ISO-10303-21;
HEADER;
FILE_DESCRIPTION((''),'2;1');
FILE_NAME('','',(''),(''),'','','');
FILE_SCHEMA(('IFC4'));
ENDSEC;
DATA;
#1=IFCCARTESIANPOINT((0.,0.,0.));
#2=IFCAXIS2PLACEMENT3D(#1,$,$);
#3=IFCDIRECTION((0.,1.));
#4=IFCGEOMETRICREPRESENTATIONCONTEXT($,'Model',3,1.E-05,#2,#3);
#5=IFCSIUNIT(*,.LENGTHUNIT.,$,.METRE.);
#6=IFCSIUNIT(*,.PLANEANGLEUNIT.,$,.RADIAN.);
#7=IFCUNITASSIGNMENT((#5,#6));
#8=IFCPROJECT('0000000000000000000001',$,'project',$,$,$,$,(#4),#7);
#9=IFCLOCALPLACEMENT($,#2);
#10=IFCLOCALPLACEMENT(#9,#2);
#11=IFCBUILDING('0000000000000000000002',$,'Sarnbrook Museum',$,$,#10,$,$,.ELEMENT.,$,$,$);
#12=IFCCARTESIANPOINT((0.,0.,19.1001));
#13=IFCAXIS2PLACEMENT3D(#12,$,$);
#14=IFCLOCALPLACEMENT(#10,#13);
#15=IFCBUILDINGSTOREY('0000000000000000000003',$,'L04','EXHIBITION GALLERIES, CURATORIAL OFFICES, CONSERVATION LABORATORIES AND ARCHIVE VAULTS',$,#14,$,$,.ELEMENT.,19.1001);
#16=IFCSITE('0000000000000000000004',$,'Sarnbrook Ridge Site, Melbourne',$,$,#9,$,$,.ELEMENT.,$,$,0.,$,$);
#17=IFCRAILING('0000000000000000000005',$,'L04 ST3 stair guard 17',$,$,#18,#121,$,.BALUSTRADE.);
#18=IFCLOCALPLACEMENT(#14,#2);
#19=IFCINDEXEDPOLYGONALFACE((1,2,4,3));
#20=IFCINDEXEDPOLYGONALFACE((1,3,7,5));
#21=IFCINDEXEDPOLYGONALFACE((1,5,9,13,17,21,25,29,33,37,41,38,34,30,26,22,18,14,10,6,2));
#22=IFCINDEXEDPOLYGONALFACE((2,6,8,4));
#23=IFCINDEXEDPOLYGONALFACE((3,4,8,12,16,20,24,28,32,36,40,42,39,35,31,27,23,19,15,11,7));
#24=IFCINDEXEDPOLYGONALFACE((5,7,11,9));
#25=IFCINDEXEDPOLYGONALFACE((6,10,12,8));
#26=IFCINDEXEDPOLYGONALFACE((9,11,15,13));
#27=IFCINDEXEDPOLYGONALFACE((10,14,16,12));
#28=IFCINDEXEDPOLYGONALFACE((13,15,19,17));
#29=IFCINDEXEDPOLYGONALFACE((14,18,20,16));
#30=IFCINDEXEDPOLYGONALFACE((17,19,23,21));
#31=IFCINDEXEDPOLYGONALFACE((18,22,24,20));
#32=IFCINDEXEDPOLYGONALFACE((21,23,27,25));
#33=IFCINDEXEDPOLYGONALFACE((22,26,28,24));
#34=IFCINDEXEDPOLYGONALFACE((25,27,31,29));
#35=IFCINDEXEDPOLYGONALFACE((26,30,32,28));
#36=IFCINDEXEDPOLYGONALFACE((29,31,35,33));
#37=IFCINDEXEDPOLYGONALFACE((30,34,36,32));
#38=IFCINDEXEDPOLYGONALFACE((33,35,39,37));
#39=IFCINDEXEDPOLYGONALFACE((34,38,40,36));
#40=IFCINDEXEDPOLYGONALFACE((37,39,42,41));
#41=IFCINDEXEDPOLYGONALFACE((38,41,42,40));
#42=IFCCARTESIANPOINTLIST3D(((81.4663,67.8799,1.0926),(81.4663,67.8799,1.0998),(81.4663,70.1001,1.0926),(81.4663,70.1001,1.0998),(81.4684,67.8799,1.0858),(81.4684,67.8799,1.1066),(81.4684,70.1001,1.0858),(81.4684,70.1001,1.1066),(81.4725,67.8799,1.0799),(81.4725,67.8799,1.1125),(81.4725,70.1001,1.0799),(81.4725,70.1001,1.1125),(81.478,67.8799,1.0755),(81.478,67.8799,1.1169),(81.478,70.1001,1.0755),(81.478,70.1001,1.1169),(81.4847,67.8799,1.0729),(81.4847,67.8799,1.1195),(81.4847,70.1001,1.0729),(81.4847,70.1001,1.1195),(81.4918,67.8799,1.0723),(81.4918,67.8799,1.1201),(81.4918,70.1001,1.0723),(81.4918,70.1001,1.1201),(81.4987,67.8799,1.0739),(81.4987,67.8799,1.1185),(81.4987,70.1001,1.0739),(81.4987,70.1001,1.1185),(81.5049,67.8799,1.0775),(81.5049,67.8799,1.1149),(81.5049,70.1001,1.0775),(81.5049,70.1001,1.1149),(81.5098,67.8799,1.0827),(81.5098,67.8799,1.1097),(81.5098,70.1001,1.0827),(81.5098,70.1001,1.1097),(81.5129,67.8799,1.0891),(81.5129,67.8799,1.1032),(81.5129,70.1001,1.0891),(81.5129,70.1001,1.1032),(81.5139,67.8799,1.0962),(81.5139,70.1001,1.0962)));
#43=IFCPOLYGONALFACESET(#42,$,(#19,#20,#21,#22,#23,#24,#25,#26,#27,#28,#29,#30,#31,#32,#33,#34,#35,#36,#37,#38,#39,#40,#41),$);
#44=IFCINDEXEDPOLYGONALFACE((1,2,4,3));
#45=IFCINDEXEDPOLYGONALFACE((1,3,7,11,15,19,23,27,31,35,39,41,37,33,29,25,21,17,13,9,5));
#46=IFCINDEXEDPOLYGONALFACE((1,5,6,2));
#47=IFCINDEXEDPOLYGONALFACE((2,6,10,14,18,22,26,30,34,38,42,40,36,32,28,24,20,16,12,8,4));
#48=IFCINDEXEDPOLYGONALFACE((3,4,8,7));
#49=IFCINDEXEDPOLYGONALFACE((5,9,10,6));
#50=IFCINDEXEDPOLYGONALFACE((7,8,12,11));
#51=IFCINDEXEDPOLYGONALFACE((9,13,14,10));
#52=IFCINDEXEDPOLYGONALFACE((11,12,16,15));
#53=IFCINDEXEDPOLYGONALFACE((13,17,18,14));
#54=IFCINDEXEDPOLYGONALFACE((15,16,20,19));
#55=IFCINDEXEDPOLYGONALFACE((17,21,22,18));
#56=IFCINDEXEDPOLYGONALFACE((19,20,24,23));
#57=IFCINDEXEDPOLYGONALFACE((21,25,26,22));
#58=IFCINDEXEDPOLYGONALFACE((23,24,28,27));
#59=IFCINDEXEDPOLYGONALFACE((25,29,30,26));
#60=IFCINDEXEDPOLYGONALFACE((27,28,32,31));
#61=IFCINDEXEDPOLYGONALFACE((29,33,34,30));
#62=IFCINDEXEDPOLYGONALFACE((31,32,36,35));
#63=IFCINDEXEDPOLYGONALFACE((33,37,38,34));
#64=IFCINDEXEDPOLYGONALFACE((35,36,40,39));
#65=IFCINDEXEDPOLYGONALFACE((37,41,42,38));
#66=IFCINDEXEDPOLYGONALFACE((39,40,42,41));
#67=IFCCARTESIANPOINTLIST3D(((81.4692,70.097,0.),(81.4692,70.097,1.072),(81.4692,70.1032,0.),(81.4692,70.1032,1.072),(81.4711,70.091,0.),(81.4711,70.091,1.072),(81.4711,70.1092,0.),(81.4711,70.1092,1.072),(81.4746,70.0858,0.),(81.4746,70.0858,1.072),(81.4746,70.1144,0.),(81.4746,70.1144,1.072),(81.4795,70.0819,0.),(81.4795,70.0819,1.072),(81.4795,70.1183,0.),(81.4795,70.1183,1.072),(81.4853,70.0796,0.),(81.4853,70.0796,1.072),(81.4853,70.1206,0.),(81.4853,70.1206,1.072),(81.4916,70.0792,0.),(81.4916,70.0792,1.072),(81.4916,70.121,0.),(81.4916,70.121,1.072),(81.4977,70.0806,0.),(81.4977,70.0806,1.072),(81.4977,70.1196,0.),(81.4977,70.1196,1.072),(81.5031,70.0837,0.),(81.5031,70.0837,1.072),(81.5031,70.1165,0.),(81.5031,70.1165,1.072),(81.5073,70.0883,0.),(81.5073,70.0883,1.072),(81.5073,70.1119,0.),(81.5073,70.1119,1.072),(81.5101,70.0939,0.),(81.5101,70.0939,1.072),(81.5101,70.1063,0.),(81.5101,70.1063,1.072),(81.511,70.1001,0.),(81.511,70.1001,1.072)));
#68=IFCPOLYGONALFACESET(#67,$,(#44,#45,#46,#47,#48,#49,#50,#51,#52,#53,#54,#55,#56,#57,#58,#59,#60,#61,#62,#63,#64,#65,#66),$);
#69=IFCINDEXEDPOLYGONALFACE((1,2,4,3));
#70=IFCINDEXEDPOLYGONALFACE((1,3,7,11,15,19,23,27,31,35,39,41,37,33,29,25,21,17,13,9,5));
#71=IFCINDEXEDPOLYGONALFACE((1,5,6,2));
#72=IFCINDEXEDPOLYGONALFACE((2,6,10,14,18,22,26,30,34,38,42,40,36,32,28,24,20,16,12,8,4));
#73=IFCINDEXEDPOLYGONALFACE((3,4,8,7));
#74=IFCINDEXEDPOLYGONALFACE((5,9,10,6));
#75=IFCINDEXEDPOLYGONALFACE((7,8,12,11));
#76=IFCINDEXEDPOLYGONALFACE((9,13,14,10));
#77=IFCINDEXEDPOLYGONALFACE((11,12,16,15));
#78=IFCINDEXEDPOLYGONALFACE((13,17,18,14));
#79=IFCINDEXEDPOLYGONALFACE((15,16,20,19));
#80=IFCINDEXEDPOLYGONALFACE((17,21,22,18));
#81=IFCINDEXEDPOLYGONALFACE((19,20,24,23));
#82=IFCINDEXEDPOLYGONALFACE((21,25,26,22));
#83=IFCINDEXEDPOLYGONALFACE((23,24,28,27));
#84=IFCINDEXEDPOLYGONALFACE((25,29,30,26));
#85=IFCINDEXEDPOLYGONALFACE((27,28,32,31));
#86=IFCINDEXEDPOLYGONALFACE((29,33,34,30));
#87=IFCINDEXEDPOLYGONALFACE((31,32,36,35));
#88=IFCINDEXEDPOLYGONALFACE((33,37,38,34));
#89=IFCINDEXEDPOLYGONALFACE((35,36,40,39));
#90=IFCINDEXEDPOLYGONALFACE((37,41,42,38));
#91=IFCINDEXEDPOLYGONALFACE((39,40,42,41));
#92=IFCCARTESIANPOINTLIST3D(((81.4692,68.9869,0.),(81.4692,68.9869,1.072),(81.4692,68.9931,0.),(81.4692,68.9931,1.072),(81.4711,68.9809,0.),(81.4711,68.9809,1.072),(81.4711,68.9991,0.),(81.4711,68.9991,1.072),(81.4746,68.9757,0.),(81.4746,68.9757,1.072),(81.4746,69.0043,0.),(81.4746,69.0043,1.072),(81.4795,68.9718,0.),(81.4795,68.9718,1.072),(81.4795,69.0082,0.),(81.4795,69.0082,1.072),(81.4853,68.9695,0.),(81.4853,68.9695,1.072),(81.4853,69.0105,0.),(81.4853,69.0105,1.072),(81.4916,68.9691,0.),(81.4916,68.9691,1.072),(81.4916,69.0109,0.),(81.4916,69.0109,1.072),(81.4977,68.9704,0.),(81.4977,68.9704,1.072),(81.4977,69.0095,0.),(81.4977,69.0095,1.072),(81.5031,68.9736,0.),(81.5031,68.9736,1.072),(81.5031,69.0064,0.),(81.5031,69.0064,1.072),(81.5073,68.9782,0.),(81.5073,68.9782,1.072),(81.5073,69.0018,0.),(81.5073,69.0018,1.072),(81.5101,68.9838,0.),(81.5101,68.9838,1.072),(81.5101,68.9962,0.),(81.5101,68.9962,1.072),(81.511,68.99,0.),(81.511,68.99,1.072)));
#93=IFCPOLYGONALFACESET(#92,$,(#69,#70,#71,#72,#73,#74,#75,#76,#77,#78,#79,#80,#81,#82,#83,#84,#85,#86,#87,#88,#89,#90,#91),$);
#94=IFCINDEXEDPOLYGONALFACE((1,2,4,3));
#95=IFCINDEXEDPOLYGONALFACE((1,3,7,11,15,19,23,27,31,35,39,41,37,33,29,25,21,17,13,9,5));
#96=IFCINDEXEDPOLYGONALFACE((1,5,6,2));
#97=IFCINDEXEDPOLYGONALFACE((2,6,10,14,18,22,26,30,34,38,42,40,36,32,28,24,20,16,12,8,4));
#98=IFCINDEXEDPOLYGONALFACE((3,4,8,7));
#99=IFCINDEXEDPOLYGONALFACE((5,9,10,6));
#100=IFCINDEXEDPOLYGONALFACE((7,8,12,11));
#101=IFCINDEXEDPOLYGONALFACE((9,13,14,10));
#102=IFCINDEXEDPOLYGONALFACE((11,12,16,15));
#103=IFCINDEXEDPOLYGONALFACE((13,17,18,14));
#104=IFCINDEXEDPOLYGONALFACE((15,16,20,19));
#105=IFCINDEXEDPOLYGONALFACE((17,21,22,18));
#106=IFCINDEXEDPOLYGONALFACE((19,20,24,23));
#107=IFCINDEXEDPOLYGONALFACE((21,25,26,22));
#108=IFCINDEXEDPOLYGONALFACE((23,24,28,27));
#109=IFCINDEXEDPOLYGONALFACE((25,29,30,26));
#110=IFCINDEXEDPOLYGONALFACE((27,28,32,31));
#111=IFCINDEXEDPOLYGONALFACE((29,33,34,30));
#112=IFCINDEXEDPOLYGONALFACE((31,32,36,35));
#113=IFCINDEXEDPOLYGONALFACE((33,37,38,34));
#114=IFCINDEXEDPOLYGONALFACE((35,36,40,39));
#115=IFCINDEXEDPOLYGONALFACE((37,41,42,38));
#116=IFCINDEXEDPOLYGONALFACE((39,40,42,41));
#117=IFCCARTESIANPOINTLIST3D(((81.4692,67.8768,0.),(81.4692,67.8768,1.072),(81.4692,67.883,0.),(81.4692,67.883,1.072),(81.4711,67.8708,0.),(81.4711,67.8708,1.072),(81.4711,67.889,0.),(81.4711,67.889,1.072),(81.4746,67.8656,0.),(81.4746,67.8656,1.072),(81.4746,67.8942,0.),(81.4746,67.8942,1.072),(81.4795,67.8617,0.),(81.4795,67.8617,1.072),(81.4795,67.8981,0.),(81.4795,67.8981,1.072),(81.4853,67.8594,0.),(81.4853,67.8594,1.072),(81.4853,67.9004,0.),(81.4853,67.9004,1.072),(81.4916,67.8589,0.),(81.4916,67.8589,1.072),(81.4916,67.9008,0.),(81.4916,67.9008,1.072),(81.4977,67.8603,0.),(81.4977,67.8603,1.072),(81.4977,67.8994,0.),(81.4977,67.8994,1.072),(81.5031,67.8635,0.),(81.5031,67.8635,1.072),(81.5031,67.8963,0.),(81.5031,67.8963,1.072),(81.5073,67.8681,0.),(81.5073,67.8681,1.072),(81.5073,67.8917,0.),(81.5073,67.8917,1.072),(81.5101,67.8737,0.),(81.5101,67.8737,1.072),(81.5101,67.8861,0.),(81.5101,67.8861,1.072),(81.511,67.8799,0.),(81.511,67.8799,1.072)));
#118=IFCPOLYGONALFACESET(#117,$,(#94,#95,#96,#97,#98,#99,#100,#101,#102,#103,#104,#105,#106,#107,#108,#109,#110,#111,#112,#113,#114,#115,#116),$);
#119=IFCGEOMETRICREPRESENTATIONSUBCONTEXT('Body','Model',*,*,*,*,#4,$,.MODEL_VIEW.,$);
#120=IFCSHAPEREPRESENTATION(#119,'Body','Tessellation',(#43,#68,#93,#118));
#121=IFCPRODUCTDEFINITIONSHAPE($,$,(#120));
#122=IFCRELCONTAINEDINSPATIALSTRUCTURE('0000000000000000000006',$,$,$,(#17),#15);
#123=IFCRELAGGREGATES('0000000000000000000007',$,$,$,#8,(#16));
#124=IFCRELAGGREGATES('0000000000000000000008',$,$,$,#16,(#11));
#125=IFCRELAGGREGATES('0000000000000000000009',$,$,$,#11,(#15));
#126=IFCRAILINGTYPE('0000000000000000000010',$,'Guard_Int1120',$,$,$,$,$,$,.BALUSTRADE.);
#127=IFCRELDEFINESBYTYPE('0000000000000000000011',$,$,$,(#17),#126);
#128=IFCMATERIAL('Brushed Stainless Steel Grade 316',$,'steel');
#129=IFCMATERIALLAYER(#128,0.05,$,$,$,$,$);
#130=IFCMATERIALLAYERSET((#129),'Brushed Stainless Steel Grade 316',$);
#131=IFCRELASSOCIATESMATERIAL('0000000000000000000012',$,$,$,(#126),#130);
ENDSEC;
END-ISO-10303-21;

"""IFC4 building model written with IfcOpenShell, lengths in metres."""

from ifc_helpers import new_model, si_unit, direction, frame, origin, origin_2d, place, context, subcontext, project, spatial, circle, extrude, material, layer, layer_set, type_object, element, save


model = new_model("IFC4")

# Units and contexts
model_context = context("Model", 3, precision=1e-05, world=origin(), true_north=direction((0.0, 1.0)))
body_context = subcontext(model_context, "Body", "Model", "MODEL_VIEW")
ifc_project = project(units=[si_unit("LENGTHUNIT", "METRE"), si_unit("PLANEANGLEUNIT", "RADIAN")], contexts=[model_context])

# Site, building, storey
site_placement = place(None, origin())
site = spatial("IfcSite", under=ifc_project, at=site_placement, Name="Sarnbrook Ridge Site, Melbourne", CompositionType="ELEMENT", RefElevation=0.0)
building_placement = place(site_placement, origin())
building = spatial("IfcBuilding", under=site, at=building_placement, Name="Sarnbrook Museum", CompositionType="ELEMENT")
storey_placement = place(building_placement, frame((0.0, 0.0, 19.1001)))
storey = spatial("IfcBuildingStorey", under=building, at=storey_placement, Name="L04", Description="EXHIBITION GALLERIES, CURATORIAL OFFICES, CONSERVATION LABORATORIES AND ARCHIVE VAULTS", CompositionType="ELEMENT", Elevation=19.1001)

# Shared definitions
ifc_material_1 = material(Name="Brushed Stainless Steel Grade 316", Category="steel")

# Railing
ifc_layer_1 = layer(ifc_material_1, 0.05)
ifc_layer_set_1 = layer_set([ifc_layer_1], Name="Brushed Stainless Steel Grade 316")
railing_type = type_object("IfcRailingType", Name="Guard_Int1120", PredefinedType="BALUSTRADE", material=ifc_layer_set_1)
for number, where, name in (
    (1, (81.49, 70.1001, 0.0), "L04 ST3 stair guard 17"),
):
    element("IfcRailing", number, at=place(storey_placement, frame(where)), inside=storey, type_object=railing_type, Name=name, PredefinedType="BALUSTRADE", context=body_context, shape_type="SweptSolid", body=[
        extrude(circle(Radius=0.0239, at=origin_2d()), frame((0.0, 0.0, 1.0962), z_axis=(0.0, -1.0, 0.0), x_axis=(1.0, 0.0, 0.0)), (0.0, 0.0, 1.0), 2.2202),
        extrude(circle(Radius=0.021, at=origin_2d()), origin(), (0.0, 0.0, 1.0), 1.072),
        extrude(circle(Radius=0.021, at=origin_2d()), frame((0.0, -1.1101, 0.0)), (0.0, 0.0, 1.0), 1.072),
        extrude(circle(Radius=0.021, at=origin_2d()), frame((0.0, -2.2202, 0.0)), (0.0, 0.0, 1.0), 1.072),
    ])

save(model, "model.ifc")
